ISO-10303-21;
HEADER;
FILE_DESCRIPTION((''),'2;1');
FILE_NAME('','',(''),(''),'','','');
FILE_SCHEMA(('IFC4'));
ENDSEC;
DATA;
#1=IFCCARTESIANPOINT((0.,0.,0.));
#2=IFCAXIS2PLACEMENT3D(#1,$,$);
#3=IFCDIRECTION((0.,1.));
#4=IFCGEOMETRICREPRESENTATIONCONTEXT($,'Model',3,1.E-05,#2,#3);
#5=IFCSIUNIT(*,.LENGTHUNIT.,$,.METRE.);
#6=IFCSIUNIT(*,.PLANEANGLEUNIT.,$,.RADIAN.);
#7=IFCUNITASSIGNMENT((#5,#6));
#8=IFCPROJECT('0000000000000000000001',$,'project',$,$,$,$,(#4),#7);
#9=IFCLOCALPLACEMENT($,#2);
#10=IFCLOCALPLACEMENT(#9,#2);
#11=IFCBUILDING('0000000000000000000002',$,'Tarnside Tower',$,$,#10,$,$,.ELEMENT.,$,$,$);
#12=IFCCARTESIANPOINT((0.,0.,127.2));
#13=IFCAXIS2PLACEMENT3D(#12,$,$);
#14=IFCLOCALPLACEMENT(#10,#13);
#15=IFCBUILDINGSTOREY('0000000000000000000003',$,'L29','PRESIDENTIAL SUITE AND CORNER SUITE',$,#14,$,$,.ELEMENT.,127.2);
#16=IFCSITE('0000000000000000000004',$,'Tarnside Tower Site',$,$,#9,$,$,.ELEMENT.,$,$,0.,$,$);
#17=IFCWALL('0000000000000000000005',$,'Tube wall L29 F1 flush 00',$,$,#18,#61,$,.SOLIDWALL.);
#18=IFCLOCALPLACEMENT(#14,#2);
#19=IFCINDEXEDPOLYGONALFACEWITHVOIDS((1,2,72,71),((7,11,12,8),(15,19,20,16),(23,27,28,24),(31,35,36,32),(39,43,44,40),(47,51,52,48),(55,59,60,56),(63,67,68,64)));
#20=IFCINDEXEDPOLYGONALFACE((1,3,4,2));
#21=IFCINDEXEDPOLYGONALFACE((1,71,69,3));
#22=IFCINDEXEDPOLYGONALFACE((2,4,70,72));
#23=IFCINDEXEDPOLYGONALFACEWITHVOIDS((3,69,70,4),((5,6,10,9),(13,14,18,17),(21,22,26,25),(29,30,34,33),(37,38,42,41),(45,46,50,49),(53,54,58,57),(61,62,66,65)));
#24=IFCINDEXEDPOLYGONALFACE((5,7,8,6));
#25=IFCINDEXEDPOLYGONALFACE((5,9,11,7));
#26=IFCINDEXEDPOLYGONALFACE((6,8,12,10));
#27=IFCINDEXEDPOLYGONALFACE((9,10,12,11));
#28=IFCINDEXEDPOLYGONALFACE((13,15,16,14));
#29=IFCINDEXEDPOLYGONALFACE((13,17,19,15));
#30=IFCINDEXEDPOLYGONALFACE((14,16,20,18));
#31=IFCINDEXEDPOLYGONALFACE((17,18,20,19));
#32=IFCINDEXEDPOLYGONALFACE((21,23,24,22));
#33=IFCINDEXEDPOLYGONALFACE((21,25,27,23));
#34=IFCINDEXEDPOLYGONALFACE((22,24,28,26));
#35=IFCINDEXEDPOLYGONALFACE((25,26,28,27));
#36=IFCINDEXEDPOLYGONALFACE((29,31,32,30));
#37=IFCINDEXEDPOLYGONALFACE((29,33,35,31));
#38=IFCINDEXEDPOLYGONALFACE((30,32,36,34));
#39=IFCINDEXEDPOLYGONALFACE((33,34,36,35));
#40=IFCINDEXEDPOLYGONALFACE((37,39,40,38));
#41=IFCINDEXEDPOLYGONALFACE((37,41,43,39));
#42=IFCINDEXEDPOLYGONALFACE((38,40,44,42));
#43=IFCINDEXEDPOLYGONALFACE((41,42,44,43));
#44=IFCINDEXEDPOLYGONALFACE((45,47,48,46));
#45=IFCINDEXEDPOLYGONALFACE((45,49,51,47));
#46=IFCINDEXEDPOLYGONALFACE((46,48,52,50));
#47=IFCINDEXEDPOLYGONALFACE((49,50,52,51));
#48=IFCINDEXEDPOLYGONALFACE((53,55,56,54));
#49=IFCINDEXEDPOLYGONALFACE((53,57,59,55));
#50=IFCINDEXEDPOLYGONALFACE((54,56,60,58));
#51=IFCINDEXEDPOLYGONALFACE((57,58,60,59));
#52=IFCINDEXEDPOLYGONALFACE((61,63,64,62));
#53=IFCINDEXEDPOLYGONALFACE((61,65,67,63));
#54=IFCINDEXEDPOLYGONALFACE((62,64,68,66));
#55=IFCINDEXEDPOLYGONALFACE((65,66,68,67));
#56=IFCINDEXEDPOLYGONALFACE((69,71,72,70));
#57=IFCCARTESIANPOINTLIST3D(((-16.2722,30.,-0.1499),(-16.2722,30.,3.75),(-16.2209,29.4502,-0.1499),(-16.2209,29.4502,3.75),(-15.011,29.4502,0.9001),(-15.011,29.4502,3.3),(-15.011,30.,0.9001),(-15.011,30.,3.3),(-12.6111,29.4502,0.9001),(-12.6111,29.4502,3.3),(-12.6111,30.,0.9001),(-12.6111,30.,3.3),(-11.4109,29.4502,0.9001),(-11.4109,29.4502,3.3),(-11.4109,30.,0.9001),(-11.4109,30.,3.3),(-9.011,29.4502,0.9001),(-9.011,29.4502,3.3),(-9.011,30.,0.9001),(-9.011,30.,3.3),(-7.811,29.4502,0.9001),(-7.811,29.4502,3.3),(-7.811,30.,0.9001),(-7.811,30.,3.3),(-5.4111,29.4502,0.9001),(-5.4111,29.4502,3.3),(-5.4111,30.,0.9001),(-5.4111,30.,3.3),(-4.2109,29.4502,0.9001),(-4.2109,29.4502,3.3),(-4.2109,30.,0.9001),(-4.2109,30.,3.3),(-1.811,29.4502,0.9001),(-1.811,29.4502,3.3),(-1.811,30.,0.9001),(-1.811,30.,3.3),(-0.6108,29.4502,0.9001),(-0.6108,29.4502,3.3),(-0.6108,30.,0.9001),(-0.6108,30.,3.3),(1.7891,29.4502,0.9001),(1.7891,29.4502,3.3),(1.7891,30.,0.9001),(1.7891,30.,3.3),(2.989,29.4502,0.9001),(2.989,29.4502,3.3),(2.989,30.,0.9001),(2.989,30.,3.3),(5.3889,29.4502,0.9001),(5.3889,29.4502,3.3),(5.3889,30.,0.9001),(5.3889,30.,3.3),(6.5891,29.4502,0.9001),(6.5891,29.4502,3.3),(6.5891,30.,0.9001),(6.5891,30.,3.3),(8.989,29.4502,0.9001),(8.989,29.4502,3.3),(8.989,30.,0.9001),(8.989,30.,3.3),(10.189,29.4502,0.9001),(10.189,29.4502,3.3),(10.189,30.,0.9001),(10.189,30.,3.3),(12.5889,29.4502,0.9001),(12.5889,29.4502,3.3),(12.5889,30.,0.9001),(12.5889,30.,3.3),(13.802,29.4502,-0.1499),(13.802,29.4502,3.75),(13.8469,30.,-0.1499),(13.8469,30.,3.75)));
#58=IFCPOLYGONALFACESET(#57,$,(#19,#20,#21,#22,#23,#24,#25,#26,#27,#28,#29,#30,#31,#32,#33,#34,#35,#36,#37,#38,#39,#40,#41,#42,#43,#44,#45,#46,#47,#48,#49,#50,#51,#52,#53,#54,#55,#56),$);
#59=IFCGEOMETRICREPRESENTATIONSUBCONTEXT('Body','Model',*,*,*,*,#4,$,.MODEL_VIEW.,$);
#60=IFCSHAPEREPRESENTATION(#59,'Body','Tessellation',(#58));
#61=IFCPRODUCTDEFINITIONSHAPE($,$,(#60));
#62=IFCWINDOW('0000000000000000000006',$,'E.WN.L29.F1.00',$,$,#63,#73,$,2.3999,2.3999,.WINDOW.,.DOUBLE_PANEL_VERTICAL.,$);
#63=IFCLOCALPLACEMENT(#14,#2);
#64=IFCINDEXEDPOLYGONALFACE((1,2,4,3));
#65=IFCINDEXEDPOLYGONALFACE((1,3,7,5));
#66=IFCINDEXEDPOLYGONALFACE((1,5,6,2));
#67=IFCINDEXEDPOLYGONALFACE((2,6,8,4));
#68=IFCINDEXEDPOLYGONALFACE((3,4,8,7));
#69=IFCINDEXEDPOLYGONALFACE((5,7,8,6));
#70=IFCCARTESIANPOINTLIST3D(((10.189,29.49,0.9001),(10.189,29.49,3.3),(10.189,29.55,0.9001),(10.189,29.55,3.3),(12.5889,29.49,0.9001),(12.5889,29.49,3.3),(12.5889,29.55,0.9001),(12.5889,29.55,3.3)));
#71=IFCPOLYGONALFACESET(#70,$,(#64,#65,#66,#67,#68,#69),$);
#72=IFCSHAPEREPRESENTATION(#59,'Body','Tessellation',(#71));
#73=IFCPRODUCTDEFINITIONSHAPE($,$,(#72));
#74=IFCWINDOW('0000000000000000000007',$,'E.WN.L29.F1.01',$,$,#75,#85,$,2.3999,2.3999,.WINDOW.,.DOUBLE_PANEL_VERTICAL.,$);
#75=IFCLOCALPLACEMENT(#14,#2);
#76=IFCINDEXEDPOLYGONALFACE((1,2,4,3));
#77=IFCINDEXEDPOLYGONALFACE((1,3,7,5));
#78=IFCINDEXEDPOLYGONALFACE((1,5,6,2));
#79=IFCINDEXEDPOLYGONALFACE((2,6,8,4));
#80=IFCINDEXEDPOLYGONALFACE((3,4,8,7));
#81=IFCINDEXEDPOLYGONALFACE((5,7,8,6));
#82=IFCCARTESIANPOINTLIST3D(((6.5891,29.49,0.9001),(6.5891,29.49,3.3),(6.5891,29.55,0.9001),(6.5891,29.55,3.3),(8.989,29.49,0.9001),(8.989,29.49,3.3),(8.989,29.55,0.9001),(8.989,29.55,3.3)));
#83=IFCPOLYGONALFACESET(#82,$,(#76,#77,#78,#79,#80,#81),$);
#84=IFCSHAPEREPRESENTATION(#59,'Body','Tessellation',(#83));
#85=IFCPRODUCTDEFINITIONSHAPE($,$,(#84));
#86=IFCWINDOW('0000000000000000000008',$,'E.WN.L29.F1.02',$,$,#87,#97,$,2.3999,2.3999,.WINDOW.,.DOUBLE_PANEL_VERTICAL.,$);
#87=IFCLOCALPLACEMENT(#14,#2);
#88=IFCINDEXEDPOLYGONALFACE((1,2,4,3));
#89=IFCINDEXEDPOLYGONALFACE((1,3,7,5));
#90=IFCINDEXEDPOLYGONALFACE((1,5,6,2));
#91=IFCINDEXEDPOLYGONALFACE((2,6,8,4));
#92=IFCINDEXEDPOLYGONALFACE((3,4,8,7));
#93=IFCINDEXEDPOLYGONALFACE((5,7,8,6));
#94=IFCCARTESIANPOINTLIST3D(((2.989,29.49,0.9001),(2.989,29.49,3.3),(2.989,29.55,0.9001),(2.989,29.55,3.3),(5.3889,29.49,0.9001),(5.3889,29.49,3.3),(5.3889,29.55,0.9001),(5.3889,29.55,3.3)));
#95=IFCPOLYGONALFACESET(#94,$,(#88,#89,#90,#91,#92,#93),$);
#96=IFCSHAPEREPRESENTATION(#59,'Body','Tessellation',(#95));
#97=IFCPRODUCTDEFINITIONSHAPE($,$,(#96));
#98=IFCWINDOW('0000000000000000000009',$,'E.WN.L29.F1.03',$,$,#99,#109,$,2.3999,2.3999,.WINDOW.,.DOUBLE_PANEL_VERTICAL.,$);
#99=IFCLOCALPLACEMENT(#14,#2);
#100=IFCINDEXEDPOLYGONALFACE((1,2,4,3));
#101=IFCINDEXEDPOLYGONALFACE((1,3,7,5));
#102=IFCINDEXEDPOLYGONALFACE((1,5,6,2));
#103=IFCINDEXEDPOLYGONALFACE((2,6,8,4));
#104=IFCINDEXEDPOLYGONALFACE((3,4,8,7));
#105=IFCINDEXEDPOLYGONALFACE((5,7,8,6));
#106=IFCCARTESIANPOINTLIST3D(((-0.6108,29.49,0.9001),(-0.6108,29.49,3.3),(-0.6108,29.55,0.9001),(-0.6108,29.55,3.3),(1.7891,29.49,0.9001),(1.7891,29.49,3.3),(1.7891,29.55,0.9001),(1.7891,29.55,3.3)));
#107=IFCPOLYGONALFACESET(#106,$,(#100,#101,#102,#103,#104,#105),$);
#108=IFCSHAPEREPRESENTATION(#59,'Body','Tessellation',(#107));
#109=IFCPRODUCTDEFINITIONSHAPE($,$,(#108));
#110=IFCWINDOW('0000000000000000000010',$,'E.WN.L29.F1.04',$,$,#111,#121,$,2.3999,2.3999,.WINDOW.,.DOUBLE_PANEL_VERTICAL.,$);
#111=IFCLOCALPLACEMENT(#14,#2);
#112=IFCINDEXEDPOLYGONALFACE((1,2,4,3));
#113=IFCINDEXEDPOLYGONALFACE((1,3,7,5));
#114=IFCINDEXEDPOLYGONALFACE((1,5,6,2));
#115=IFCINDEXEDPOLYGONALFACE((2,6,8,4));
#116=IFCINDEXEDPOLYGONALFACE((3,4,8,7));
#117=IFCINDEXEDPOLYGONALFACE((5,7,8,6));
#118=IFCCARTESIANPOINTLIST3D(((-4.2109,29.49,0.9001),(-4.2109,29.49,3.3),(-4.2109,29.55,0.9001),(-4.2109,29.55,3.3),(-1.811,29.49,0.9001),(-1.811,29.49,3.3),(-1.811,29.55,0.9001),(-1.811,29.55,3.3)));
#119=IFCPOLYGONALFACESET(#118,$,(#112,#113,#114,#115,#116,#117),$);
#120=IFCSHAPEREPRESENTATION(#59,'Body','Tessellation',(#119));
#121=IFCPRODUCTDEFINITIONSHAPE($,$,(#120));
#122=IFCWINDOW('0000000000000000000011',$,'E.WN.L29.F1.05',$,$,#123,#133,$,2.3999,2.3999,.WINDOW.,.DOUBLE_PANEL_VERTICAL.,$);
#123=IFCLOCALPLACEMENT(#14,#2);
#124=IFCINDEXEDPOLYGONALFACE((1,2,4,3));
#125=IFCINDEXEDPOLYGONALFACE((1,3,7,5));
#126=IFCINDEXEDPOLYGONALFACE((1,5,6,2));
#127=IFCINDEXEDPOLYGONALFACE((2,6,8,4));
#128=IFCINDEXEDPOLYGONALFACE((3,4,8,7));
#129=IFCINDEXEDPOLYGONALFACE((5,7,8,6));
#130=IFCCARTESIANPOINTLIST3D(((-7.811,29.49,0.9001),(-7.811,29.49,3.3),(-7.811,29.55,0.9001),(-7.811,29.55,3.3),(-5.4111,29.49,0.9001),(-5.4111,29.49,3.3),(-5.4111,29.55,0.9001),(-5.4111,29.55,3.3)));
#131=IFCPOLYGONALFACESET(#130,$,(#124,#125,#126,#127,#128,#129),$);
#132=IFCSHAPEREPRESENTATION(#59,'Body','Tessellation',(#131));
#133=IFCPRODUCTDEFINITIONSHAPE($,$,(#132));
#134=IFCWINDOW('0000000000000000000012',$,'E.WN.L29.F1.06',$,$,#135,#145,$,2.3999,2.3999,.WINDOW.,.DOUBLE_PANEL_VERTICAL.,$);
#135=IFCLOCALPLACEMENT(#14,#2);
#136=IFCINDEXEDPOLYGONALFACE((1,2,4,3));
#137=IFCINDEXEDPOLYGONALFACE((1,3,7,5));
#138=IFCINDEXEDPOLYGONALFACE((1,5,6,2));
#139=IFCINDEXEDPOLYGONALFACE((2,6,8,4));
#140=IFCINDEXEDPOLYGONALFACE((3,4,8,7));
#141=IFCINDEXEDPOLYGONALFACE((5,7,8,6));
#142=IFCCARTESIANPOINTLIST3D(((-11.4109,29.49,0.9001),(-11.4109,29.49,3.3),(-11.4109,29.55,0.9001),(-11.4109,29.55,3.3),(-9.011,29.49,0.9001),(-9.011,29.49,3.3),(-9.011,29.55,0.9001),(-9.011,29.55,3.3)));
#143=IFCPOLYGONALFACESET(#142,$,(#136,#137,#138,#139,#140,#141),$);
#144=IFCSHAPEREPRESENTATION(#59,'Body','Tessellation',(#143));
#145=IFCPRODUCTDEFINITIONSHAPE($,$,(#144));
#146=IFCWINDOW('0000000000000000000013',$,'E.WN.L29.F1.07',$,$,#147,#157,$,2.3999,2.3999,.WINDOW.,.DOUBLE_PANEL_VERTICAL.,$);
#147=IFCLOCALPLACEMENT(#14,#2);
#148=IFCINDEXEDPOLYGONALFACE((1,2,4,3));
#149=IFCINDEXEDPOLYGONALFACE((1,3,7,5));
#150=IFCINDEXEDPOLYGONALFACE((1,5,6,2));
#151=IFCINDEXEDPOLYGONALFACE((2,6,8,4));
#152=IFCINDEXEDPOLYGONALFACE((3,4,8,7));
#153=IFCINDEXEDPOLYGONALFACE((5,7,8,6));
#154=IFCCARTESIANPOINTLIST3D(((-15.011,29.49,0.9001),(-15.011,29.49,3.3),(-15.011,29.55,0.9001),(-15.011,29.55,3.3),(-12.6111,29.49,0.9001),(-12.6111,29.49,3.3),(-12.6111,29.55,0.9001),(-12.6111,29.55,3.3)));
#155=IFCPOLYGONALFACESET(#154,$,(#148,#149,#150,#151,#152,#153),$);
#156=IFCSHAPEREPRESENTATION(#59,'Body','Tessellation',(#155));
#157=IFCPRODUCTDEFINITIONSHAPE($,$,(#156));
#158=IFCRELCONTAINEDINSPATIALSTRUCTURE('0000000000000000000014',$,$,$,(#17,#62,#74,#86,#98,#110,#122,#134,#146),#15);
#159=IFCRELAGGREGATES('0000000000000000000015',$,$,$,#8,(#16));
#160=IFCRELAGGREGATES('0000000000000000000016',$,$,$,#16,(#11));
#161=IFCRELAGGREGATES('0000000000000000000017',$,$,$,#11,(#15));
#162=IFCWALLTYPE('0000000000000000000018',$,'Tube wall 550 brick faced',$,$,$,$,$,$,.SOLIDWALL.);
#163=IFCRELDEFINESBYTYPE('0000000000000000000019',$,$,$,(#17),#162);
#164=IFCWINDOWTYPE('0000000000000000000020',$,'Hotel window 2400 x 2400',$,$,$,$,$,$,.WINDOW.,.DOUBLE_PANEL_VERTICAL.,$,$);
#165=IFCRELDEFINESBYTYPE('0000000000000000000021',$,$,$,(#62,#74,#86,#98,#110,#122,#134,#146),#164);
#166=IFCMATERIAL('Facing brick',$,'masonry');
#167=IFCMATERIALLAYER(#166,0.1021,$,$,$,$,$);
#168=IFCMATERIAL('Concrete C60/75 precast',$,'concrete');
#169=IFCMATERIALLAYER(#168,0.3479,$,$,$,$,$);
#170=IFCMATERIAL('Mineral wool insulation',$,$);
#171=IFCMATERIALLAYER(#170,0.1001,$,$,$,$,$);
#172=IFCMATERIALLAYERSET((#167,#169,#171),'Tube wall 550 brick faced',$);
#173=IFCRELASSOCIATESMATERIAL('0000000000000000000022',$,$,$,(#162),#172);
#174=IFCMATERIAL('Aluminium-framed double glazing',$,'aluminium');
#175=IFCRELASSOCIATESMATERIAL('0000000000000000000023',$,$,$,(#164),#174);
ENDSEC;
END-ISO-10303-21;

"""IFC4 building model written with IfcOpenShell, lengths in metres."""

from ifc_helpers import new_model, si_unit, direction, frame, frame_2d, origin, place, context, subcontext, project, spatial, polyline, rectangle, outline, extrude, material, layer, layer_set, type_object, element, fill, save


model = new_model("IFC4")

# Units and contexts
model_context = context("Model", 3, precision=1e-05, world=origin(), true_north=direction((0.0, 1.0)))
body_context = subcontext(model_context, "Body", "Model", "MODEL_VIEW")
ifc_project = project(units=[si_unit("LENGTHUNIT", "METRE"), si_unit("PLANEANGLEUNIT", "RADIAN")], contexts=[model_context])

# Site, building, storey
site_placement = place(None, origin())
site = spatial("IfcSite", under=ifc_project, at=site_placement, Name="Tarnside Tower Site", CompositionType="ELEMENT", RefElevation=0.0)
building_placement = place(site_placement, origin())
building = spatial("IfcBuilding", under=site, at=building_placement, Name="Tarnside Tower", CompositionType="ELEMENT")
storey_placement = place(building_placement, frame((0.0, 0.0, 127.2)))
storey = spatial("IfcBuildingStorey", under=building, at=storey_placement, Name="L29", Description="PRESIDENTIAL SUITE AND CORNER SUITE", CompositionType="ELEMENT", Elevation=127.2)

# Wall, openings, windows
ifc_material_1 = material(Name="Facing brick", Category="masonry")
ifc_layer_1 = layer(ifc_material_1, 0.1021)
ifc_material_2 = material(Name="Concrete C60/75 precast", Category="concrete")
ifc_layer_2 = layer(ifc_material_2, 0.3479)
ifc_material_3 = material(Name="Mineral wool insulation")
ifc_layer_3 = layer(ifc_material_3, 0.1001)
ifc_layer_set_1 = layer_set([ifc_layer_1, ifc_layer_2, ifc_layer_3], Name="Tube wall 550 brick faced")
wall_type_1 = type_object("IfcWallType", Name="Tube wall 550 brick faced", PredefinedType="SOLIDWALL", material=ifc_layer_set_1)
wall_1_placement = place(storey_placement, frame((13.8245, 29.7251, -0.1499), z_axis=(0.0, 0.0, 1.0), x_axis=(-1.0, 0.0, 0.0)))
wall_1 = element("IfcWall", 1, at=wall_1_placement, inside=storey, type_object=wall_type_1, Name="Tube wall L29 F1 flush 00", PredefinedType="SOLIDWALL", context=body_context, shape_type="SweptSolid", body=[
    extrude(outline(polyline([(-0.0225, -0.2749), (30.0967, -0.2749), (30.0454, 0.2749), (0.0225, 0.2749), (-0.0225, -0.2749)])), origin(), (0.0, 0.0, 1.0), 3.8999),
])
opening_1_placement = place(wall_1_placement, frame((1.2356, 0.0, 1.05)))
opening_1 = element("IfcOpeningElement", 2, at=opening_1_placement, cuts=wall_1, PredefinedType="OPENING", context=body_context, shape_type="SweptSolid", body=[
    extrude(rectangle(XDim=2.3999, YDim=2.3999, at=frame_2d((1.2, 1.2))), frame((0.0, 0.2852, 0.0), z_axis=(0.0, -1.0, 0.0), x_axis=(1.0, 0.0, 0.0)), (0.0, 0.0, 1.0), 0.5701),
])
opening_2_placement = place(wall_1_placement, frame((4.8354, 0.0, 1.05)))
opening_2 = element("IfcOpeningElement", 3, at=opening_2_placement, cuts=wall_1, PredefinedType="OPENING", context=body_context, shape_type="SweptSolid", body=[
    extrude(rectangle(XDim=2.3999, YDim=2.3999, at=frame_2d((1.2, 1.2))), frame((0.0, 0.2852, 0.0), z_axis=(0.0, -1.0, 0.0), x_axis=(1.0, 0.0, 0.0)), (0.0, 0.0, 1.0), 0.5701),
])
opening_3_placement = place(wall_1_placement, frame((8.4355, 0.0, 1.05)))
opening_3 = element("IfcOpeningElement", 4, at=opening_3_placement, cuts=wall_1, PredefinedType="OPENING", context=body_context, shape_type="SweptSolid", body=[
    extrude(rectangle(XDim=2.3999, YDim=2.3999, at=frame_2d((1.2, 1.2))), frame((0.0, 0.2852, 0.0), z_axis=(0.0, -1.0, 0.0), x_axis=(1.0, 0.0, 0.0)), (0.0, 0.0, 1.0), 0.5701),
])
opening_4_placement = place(wall_1_placement, frame((12.0354, 0.0, 1.05)))
opening_4 = element("IfcOpeningElement", 5, at=opening_4_placement, cuts=wall_1, PredefinedType="OPENING", context=body_context, shape_type="SweptSolid", body=[
    extrude(rectangle(XDim=2.3999, YDim=2.3999, at=frame_2d((1.2, 1.2))), frame((0.0, 0.2852, 0.0), z_axis=(0.0, -1.0, 0.0), x_axis=(1.0, 0.0, 0.0)), (0.0, 0.0, 1.0), 0.5701),
])
opening_5_placement = place(wall_1_placement, frame((15.6355, 0.0, 1.05)))
opening_5 = element("IfcOpeningElement", 6, at=opening_5_placement, cuts=wall_1, PredefinedType="OPENING", context=body_context, shape_type="SweptSolid", body=[
    extrude(rectangle(XDim=2.3999, YDim=2.3999, at=frame_2d((1.2, 1.2))), frame((0.0, 0.2852, 0.0), z_axis=(0.0, -1.0, 0.0), x_axis=(1.0, 0.0, 0.0)), (0.0, 0.0, 1.0), 0.5701),
])
opening_6_placement = place(wall_1_placement, frame((19.2356, 0.0, 1.05)))
opening_6 = element("IfcOpeningElement", 7, at=opening_6_placement, cuts=wall_1, PredefinedType="OPENING", context=body_context, shape_type="SweptSolid", body=[
    extrude(rectangle(XDim=2.3999, YDim=2.3999, at=frame_2d((1.2, 1.2))), frame((0.0, 0.2852, 0.0), z_axis=(0.0, -1.0, 0.0), x_axis=(1.0, 0.0, 0.0)), (0.0, 0.0, 1.0), 0.5701),
])
opening_7_placement = place(wall_1_placement, frame((22.8354, 0.0, 1.05)))
opening_7 = element("IfcOpeningElement", 8, at=opening_7_placement, cuts=wall_1, PredefinedType="OPENING", context=body_context, shape_type="SweptSolid", body=[
    extrude(rectangle(XDim=2.3999, YDim=2.3999, at=frame_2d((1.2, 1.2))), frame((0.0, 0.2852, 0.0), z_axis=(0.0, -1.0, 0.0), x_axis=(1.0, 0.0, 0.0)), (0.0, 0.0, 1.0), 0.5701),
])
opening_8_placement = place(wall_1_placement, frame((26.4355, 0.0, 1.05)))
opening_8 = element("IfcOpeningElement", 9, at=opening_8_placement, cuts=wall_1, PredefinedType="OPENING", context=body_context, shape_type="SweptSolid", body=[
    extrude(rectangle(XDim=2.3999, YDim=2.3999, at=frame_2d((1.2, 1.2))), frame((0.0, 0.2852, 0.0), z_axis=(0.0, -1.0, 0.0), x_axis=(1.0, 0.0, 0.0)), (0.0, 0.0, 1.0), 0.5701),
])
ifc_material_4 = material(Name="Aluminium-framed double glazing", Category="aluminium")
window_type = type_object("IfcWindowType", Name="Hotel window 2400 x 2400", PartitioningType="DOUBLE_PANEL_VERTICAL", PredefinedType="WINDOW", material=ifc_material_4)
window_1_placement = place(opening_1_placement, frame((0.0, 0.2051, 0.0)))
window_1 = element("IfcWindow", 10, at=window_1_placement, inside=storey, type_object=window_type, Name="E.WN.L29.F1.00", OverallHeight=2.3999, OverallWidth=2.3999, PartitioningType="DOUBLE_PANEL_VERTICAL", PredefinedType="WINDOW", context=body_context, shape_type="SweptSolid", body=[
    extrude(rectangle(XDim=2.3999, YDim=2.3999, at=frame_2d((1.2, 1.2))), frame((0.0, 0.03, 0.0), z_axis=(0.0, -1.0, 0.0), x_axis=(1.0, 0.0, 0.0)), (0.0, 0.0, 1.0), 0.0601),
])
fill(opening_1, window_1)
window_2_placement = place(opening_2_placement, frame((0.0, 0.2051, 0.0)))
window_2 = element("IfcWindow", 11, at=window_2_placement, inside=storey, type_object=window_type, Name="E.WN.L29.F1.01", OverallHeight=2.3999, OverallWidth=2.3999, PartitioningType="DOUBLE_PANEL_VERTICAL", PredefinedType="WINDOW", context=body_context, shape_type="SweptSolid", body=[
    extrude(rectangle(XDim=2.3999, YDim=2.3999, at=frame_2d((1.2, 1.2))), frame((0.0, 0.03, 0.0), z_axis=(0.0, -1.0, 0.0), x_axis=(1.0, 0.0, 0.0)), (0.0, 0.0, 1.0), 0.0601),
])
fill(opening_2, window_2)
window_3_placement = place(opening_3_placement, frame((0.0, 0.2051, 0.0)))
window_3 = element("IfcWindow", 12, at=window_3_placement, inside=storey, type_object=window_type, Name="E.WN.L29.F1.02", OverallHeight=2.3999, OverallWidth=2.3999, PartitioningType="DOUBLE_PANEL_VERTICAL", PredefinedType="WINDOW", context=body_context, shape_type="SweptSolid", body=[
    extrude(rectangle(XDim=2.3999, YDim=2.3999, at=frame_2d((1.2, 1.2))), frame((0.0, 0.03, 0.0), z_axis=(0.0, -1.0, 0.0), x_axis=(1.0, 0.0, 0.0)), (0.0, 0.0, 1.0), 0.0601),
])
fill(opening_3, window_3)
window_4_placement = place(opening_4_placement, frame((0.0, 0.2051, 0.0)))
window_4 = element("IfcWindow", 13, at=window_4_placement, inside=storey, type_object=window_type, Name="E.WN.L29.F1.03", OverallHeight=2.3999, OverallWidth=2.3999, PartitioningType="DOUBLE_PANEL_VERTICAL", PredefinedType="WINDOW", context=body_context, shape_type="SweptSolid", body=[
    extrude(rectangle(XDim=2.3999, YDim=2.3999, at=frame_2d((1.2, 1.2))), frame((0.0, 0.03, 0.0), z_axis=(0.0, -1.0, 0.0), x_axis=(1.0, 0.0, 0.0)), (0.0, 0.0, 1.0), 0.0601),
])
fill(opening_4, window_4)
window_5_placement = place(opening_5_placement, frame((0.0, 0.2051, 0.0)))
window_5 = element("IfcWindow", 14, at=window_5_placement, inside=storey, type_object=window_type, Name="E.WN.L29.F1.04", OverallHeight=2.3999, OverallWidth=2.3999, PartitioningType="DOUBLE_PANEL_VERTICAL", PredefinedType="WINDOW", context=body_context, shape_type="SweptSolid", body=[
    extrude(rectangle(XDim=2.3999, YDim=2.3999, at=frame_2d((1.2, 1.2))), frame((0.0, 0.03, 0.0), z_axis=(0.0, -1.0, 0.0), x_axis=(1.0, 0.0, 0.0)), (0.0, 0.0, 1.0), 0.0601),
])
fill(opening_5, window_5)
window_6_placement = place(opening_6_placement, frame((0.0, 0.2051, 0.0)))
window_6 = element("IfcWindow", 15, at=window_6_placement, inside=storey, type_object=window_type, Name="E.WN.L29.F1.05", OverallHeight=2.3999, OverallWidth=2.3999, PartitioningType="DOUBLE_PANEL_VERTICAL", PredefinedType="WINDOW", context=body_context, shape_type="SweptSolid", body=[
    extrude(rectangle(XDim=2.3999, YDim=2.3999, at=frame_2d((1.2, 1.2))), frame((0.0, 0.03, 0.0), z_axis=(0.0, -1.0, 0.0), x_axis=(1.0, 0.0, 0.0)), (0.0, 0.0, 1.0), 0.0601),
])
fill(opening_6, window_6)
window_7_placement = place(opening_7_placement, frame((0.0, 0.2051, 0.0)))
window_7 = element("IfcWindow", 16, at=window_7_placement, inside=storey, type_object=window_type, Name="E.WN.L29.F1.06", OverallHeight=2.3999, OverallWidth=2.3999, PartitioningType="DOUBLE_PANEL_VERTICAL", PredefinedType="WINDOW", context=body_context, shape_type="SweptSolid", body=[
    extrude(rectangle(XDim=2.3999, YDim=2.3999, at=frame_2d((1.2, 1.2))), frame((0.0, 0.03, 0.0), z_axis=(0.0, -1.0, 0.0), x_axis=(1.0, 0.0, 0.0)), (0.0, 0.0, 1.0), 0.0601),
])
fill(opening_7, window_7)
window_8_placement = place(opening_8_placement, frame((0.0, 0.2051, 0.0)))
window_8 = element("IfcWindow", 17, at=window_8_placement, inside=storey, type_object=window_type, Name="E.WN.L29.F1.07", OverallHeight=2.3999, OverallWidth=2.3999, PartitioningType="DOUBLE_PANEL_VERTICAL", PredefinedType="WINDOW", context=body_context, shape_type="SweptSolid", body=[
    extrude(rectangle(XDim=2.3999, YDim=2.3999, at=frame_2d((1.2, 1.2))), frame((0.0, 0.03, 0.0), z_axis=(0.0, -1.0, 0.0), x_axis=(1.0, 0.0, 0.0)), (0.0, 0.0, 1.0), 0.0601),
])
fill(opening_8, window_8)

save(model, "model.ifc")
